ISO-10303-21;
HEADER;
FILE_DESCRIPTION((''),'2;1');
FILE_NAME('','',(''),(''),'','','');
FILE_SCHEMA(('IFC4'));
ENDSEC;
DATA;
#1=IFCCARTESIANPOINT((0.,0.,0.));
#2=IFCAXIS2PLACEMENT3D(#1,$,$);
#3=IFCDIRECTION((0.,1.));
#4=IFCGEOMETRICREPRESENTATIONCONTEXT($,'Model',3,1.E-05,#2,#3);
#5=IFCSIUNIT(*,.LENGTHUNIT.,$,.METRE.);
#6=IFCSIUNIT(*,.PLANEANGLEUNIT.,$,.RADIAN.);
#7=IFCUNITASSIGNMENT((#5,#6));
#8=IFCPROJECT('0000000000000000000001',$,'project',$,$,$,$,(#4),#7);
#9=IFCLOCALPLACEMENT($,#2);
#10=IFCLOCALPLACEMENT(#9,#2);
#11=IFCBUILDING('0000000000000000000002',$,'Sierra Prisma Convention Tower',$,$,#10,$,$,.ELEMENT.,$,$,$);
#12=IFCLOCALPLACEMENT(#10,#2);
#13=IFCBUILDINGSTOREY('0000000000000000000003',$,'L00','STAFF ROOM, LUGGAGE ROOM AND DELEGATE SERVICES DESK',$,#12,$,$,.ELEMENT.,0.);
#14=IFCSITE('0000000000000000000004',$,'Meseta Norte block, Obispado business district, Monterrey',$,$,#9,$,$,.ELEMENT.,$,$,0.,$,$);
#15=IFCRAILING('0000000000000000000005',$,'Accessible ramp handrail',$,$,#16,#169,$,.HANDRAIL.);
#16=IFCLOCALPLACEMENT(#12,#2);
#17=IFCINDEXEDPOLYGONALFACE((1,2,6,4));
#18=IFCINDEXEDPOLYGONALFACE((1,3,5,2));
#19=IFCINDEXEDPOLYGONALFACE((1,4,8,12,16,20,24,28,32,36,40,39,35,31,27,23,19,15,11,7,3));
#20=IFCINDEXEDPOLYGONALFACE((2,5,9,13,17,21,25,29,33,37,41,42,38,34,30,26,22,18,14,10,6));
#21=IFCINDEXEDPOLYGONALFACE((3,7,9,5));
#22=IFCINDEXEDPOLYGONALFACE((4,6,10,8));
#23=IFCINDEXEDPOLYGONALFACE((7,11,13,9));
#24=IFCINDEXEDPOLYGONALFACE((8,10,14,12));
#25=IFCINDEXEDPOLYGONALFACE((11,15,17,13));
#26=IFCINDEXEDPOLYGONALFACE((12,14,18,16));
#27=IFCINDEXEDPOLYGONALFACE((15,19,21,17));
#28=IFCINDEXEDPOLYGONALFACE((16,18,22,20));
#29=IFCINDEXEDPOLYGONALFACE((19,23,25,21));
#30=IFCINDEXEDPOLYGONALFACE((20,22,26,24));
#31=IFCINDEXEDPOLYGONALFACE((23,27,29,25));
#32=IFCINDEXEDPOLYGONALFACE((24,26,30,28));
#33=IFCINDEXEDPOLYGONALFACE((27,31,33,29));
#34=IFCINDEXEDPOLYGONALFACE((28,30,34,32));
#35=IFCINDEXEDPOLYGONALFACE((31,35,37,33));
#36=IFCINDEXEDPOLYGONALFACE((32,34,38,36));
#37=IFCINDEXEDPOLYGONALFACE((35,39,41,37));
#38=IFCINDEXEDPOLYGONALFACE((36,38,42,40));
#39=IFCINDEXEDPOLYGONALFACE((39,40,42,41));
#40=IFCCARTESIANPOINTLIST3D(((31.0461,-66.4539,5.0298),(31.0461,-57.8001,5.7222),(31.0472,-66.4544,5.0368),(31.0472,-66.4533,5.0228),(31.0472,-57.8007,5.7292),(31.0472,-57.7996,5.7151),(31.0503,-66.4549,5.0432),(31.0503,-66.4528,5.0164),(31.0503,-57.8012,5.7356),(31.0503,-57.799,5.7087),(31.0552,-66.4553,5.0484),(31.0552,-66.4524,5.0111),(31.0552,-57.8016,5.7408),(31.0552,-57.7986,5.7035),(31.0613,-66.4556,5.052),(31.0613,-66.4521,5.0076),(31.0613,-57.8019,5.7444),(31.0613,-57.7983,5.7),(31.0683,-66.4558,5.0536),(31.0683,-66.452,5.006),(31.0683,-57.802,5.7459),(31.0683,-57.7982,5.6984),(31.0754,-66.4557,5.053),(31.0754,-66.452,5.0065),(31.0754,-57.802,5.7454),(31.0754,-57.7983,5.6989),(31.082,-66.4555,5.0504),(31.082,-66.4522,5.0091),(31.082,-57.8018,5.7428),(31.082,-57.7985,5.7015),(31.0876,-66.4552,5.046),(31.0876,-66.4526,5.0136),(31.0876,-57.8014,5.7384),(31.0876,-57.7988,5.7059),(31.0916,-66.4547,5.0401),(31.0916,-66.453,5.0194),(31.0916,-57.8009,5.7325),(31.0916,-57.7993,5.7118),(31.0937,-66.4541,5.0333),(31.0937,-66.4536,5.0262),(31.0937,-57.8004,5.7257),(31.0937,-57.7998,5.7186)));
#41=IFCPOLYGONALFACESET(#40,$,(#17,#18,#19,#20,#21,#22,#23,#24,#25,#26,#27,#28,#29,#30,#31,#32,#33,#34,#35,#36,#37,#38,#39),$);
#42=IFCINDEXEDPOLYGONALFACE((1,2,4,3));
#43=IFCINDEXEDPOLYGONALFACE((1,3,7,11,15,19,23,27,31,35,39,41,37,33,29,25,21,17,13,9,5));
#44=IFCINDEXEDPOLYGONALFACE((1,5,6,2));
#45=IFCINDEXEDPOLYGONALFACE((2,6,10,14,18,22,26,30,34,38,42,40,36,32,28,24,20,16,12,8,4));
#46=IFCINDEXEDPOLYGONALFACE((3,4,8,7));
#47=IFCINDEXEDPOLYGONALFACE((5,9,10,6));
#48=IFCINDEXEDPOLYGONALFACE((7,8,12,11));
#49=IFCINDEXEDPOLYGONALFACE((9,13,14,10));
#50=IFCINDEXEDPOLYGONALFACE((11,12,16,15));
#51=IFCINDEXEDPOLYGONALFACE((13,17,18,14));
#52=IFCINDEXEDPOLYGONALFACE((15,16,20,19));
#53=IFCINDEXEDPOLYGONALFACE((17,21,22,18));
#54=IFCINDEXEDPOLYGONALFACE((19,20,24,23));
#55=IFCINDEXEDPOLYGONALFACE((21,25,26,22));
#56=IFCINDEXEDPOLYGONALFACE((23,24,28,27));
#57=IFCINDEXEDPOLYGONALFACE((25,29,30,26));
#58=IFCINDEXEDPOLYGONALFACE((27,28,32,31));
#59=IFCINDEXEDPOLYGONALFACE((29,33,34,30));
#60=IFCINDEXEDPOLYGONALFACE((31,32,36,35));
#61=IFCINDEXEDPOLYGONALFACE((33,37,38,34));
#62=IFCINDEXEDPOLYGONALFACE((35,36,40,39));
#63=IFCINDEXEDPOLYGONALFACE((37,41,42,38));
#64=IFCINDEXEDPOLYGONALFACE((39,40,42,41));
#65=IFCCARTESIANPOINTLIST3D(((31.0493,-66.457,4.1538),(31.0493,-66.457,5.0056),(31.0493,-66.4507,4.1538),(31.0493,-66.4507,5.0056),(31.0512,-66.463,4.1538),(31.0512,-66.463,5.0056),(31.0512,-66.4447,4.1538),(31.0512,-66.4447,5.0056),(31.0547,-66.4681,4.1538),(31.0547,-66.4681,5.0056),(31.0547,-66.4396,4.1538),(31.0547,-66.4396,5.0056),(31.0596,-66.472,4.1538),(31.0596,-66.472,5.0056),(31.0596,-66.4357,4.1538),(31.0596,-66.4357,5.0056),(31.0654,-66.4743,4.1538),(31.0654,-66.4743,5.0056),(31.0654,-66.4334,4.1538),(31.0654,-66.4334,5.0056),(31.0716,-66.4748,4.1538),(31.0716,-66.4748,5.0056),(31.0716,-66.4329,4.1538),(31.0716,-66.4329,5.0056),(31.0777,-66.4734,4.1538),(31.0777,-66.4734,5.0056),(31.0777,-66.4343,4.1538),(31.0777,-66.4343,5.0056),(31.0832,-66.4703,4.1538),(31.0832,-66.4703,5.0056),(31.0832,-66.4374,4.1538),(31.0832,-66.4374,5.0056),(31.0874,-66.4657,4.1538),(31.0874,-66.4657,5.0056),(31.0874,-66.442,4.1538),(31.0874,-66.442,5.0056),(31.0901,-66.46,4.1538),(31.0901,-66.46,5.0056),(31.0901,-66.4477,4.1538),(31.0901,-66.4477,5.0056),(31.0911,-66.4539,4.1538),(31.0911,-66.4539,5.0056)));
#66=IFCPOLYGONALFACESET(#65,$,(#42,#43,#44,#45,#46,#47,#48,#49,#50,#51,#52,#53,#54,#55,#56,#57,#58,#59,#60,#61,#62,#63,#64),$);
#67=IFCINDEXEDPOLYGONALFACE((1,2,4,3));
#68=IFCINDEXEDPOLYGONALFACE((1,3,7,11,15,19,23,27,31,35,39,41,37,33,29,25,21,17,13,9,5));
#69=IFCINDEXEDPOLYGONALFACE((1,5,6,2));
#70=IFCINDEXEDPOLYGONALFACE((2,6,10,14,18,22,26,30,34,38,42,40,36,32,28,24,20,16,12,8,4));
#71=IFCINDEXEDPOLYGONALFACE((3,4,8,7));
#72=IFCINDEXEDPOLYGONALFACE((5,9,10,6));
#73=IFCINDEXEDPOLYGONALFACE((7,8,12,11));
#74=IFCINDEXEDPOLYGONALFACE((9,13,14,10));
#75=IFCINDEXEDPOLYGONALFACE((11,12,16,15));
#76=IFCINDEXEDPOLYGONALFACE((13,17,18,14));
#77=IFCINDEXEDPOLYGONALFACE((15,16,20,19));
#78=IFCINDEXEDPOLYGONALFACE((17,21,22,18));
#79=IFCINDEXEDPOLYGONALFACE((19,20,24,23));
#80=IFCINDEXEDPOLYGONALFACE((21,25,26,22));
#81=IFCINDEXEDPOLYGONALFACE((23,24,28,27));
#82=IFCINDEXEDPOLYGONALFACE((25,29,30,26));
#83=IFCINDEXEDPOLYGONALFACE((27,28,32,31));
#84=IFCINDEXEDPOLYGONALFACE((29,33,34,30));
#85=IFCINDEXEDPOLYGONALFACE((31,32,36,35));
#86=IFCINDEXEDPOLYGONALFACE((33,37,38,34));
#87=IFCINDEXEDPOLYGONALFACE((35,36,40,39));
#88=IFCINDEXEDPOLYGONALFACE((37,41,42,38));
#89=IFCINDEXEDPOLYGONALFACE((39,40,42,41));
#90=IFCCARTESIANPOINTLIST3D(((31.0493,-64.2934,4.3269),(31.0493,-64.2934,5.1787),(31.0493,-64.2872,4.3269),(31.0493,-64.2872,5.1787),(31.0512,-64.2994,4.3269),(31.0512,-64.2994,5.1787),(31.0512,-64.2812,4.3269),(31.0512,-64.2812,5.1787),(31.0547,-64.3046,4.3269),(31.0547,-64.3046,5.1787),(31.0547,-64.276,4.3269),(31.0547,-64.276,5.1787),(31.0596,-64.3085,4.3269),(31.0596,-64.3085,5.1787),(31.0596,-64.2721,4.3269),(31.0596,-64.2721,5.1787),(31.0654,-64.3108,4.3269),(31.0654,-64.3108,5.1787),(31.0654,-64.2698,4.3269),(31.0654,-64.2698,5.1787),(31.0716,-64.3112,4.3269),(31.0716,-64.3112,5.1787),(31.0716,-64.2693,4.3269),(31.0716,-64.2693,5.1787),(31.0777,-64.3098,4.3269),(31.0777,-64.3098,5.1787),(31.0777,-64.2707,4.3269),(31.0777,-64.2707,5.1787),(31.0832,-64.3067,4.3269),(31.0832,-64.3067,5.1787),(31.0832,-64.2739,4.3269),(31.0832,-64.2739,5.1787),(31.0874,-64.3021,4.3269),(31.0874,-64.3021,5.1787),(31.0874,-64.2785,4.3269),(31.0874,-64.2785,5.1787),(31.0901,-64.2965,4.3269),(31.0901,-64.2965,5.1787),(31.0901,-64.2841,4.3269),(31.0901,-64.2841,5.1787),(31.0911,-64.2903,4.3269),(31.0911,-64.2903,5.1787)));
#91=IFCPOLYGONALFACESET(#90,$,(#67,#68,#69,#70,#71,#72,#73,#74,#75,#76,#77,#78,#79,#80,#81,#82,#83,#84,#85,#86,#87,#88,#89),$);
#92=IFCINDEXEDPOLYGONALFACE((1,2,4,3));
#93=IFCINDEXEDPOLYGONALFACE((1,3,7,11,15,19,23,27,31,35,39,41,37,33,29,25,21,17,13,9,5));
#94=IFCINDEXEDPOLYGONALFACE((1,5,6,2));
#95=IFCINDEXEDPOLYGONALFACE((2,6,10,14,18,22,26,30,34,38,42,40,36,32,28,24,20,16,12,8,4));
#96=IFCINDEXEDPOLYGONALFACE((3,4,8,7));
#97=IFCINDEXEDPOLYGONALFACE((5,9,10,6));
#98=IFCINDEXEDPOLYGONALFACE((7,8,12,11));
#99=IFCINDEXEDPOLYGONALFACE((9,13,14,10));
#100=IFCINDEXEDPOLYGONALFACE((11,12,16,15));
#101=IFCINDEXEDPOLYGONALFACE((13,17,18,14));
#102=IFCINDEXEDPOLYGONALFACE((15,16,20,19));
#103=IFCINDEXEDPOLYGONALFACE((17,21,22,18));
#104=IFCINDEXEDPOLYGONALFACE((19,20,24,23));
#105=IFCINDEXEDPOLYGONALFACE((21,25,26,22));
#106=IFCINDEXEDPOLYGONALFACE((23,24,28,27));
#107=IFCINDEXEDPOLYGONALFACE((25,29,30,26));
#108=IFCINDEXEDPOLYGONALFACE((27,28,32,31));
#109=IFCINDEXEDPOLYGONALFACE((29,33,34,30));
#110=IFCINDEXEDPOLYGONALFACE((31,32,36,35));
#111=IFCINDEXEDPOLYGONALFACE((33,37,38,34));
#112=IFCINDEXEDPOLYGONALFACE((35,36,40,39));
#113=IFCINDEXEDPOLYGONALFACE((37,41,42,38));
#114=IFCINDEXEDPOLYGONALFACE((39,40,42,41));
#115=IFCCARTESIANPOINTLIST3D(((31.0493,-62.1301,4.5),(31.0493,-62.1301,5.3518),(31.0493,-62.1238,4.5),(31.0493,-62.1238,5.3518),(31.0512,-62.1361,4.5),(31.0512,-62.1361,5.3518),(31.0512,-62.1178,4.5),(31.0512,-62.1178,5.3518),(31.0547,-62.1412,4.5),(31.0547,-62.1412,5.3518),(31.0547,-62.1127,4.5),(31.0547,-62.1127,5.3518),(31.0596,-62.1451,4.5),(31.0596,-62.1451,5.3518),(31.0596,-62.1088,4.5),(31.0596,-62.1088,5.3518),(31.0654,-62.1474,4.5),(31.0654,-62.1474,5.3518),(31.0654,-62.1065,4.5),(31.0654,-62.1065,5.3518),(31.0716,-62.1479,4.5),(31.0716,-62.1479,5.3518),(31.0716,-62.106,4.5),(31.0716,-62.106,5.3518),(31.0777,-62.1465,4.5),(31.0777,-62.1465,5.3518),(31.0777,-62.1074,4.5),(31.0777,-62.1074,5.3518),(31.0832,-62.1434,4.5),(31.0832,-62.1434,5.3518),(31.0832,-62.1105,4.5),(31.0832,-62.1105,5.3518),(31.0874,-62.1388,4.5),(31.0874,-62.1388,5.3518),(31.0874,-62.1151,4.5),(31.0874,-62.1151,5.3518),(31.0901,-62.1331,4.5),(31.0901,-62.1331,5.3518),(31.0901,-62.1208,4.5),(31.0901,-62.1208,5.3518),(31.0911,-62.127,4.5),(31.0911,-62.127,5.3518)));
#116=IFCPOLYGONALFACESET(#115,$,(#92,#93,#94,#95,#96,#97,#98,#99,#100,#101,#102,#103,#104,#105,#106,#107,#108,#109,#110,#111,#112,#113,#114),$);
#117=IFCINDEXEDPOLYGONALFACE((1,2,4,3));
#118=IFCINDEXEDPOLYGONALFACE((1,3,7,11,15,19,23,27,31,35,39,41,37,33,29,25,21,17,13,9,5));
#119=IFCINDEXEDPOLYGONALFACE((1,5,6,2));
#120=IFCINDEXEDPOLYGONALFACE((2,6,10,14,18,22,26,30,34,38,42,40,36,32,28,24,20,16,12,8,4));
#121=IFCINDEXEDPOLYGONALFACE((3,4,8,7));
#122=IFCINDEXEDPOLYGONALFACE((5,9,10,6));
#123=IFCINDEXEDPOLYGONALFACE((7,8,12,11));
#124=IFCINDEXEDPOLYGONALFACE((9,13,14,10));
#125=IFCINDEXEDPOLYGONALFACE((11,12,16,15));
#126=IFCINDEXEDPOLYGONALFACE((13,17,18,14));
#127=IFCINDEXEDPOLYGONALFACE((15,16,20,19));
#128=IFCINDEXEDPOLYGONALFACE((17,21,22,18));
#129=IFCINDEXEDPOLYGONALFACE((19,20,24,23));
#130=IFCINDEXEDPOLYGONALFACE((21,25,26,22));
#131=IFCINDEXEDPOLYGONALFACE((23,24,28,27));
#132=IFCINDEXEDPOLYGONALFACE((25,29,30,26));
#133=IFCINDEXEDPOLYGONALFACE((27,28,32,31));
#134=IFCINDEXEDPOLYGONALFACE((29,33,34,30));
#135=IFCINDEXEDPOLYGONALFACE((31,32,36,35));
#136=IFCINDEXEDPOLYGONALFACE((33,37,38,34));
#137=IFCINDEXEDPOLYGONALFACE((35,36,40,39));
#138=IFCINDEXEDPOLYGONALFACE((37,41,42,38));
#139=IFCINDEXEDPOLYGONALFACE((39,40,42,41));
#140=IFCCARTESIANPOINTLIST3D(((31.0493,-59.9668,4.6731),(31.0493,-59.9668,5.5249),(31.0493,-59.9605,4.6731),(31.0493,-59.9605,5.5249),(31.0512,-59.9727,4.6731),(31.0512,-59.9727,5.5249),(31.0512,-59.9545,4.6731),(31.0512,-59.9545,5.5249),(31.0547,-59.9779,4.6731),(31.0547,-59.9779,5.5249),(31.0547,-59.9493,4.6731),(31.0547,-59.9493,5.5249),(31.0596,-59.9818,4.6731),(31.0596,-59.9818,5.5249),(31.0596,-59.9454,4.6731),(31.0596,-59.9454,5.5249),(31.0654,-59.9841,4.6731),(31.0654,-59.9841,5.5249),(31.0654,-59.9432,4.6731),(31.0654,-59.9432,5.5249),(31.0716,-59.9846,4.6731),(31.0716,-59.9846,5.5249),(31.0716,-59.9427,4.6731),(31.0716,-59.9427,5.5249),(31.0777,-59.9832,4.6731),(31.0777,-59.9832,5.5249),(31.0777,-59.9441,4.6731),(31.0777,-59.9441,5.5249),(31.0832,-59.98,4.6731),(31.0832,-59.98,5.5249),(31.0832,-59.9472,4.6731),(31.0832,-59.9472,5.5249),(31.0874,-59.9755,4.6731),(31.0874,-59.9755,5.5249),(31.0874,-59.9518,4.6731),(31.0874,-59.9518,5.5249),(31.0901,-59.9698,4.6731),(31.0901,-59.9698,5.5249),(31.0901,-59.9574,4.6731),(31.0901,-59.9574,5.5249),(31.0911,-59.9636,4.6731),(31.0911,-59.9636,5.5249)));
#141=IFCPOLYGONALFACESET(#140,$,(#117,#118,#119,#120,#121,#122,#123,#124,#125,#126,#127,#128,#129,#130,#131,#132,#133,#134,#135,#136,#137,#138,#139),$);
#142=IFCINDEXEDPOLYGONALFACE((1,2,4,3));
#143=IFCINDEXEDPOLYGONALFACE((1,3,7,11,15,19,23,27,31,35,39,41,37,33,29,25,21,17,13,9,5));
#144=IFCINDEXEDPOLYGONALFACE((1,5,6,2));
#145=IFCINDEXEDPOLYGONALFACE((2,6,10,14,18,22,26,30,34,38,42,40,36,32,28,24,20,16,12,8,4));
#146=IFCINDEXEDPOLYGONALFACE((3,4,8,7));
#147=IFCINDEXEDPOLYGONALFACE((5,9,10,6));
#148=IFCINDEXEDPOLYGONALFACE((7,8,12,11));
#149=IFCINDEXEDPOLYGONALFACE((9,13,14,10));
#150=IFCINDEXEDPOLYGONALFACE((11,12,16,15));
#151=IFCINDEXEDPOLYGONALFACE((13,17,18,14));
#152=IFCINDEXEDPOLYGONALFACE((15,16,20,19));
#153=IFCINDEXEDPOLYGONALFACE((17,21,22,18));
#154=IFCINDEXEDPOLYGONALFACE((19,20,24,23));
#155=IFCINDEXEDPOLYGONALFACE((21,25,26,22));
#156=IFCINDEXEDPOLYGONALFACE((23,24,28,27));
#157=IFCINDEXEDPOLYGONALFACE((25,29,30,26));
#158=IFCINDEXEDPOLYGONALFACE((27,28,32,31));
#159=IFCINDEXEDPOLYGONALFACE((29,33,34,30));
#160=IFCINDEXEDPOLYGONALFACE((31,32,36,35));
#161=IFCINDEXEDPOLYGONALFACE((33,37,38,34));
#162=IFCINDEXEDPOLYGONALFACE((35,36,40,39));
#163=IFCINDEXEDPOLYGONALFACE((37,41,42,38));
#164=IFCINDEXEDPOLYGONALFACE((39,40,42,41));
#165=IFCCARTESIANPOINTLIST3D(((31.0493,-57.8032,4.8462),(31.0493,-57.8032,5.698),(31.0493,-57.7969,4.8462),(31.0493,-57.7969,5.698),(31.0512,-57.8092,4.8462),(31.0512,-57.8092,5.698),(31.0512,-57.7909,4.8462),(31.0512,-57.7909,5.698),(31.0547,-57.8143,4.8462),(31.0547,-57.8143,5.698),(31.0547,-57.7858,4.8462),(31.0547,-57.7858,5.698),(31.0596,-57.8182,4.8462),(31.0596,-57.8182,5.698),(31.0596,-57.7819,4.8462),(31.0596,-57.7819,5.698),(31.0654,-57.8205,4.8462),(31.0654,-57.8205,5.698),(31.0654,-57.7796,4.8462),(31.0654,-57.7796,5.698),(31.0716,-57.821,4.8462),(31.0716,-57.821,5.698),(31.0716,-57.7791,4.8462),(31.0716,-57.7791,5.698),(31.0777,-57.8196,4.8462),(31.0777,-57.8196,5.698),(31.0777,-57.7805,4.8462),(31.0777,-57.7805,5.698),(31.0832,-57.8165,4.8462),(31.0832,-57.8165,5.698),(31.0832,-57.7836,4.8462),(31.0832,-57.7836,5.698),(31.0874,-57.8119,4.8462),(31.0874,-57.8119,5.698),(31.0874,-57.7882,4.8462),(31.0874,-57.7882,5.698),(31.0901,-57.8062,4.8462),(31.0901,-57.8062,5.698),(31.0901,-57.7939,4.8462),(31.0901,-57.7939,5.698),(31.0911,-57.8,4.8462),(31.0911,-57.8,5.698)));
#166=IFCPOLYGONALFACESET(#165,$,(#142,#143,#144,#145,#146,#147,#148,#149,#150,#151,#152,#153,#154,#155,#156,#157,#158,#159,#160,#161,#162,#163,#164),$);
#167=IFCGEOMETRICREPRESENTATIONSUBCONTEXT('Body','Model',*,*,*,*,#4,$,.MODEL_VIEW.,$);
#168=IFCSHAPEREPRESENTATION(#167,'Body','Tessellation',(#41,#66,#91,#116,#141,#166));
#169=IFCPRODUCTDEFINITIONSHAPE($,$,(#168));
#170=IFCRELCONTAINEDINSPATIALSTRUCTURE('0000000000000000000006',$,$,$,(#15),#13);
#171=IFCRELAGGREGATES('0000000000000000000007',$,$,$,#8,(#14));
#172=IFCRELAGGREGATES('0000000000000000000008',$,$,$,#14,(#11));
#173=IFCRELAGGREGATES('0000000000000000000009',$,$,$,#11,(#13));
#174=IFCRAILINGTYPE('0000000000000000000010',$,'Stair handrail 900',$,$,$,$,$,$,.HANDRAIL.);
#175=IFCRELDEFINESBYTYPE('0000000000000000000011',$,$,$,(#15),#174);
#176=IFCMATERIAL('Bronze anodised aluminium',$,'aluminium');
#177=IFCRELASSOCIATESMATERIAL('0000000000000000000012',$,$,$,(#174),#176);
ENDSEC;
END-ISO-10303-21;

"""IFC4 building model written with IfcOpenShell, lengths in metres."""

from ifc_helpers import new_model, si_unit, direction, frame, origin, origin_2d, place, context, subcontext, project, spatial, circle, extrude, material, type_object, element, save


model = new_model("IFC4")

# Units and contexts
model_context = context("Model", 3, precision=1e-05, world=origin(), true_north=direction((0.0, 1.0)))
body_context = subcontext(model_context, "Body", "Model", "MODEL_VIEW")
ifc_project = project(units=[si_unit("LENGTHUNIT", "METRE"), si_unit("PLANEANGLEUNIT", "RADIAN")], contexts=[model_context])

# Site, building, storey
site_placement = place(None, origin())
site = spatial("IfcSite", under=ifc_project, at=site_placement, Name="Meseta Norte block, Obispado business district, Monterrey", CompositionType="ELEMENT", RefElevation=0.0)
building_placement = place(site_placement, origin())
building = spatial("IfcBuilding", under=site, at=building_placement, Name="Sierra Prisma Convention Tower", CompositionType="ELEMENT")
storey_placement = place(building_placement, origin())
storey = spatial("IfcBuildingStorey", under=building, at=storey_placement, Name="L00", Description="STAFF ROOM, LUGGAGE ROOM AND DELEGATE SERVICES DESK", CompositionType="ELEMENT", Elevation=0.0)

# Railing
ifc_material_1 = material(Name="Bronze anodised aluminium", Category="aluminium")
railing_type_1 = type_object("IfcRailingType", Name="Stair handrail 900", PredefinedType="HANDRAIL", material=ifc_material_1)
for number, where, name in (
    (1, (31.0701, -66.4539, 4.1538), "Accessible ramp handrail"),
):
    element("IfcRailing", number, at=place(storey_placement, frame(where)), inside=storey, type_object=railing_type_1, Name=name, PredefinedType="HANDRAIL", context=body_context, shape_type="SweptSolid", body=[
        extrude(circle(Radius=0.0239, at=origin_2d()), frame((0.0, 0.0, 0.876), z_axis=(0.0, 0.996815, 0.079754), x_axis=(-1.0, 0.0, 0.0)), (0.0, 0.0, 1.0), 8.6814),
        extrude(circle(Radius=0.021, at=origin_2d()), origin(), (0.0, 0.0, 1.0), 0.8518),
        extrude(circle(Radius=0.021, at=origin_2d()), frame((0.0, 2.1636, 0.1731)), (0.0, 0.0, 1.0), 0.8518),
        extrude(circle(Radius=0.021, at=origin_2d()), frame((0.0, 4.3269, 0.3462)), (0.0, 0.0, 1.0), 0.8518),
        extrude(circle(Radius=0.021, at=origin_2d()), frame((0.0, 6.4902, 0.5193)), (0.0, 0.0, 1.0), 0.8518),
        extrude(circle(Radius=0.021, at=origin_2d()), frame((0.0, 8.6538, 0.6924)), (0.0, 0.0, 1.0), 0.8518),
    ])

save(model, "model.ifc")
